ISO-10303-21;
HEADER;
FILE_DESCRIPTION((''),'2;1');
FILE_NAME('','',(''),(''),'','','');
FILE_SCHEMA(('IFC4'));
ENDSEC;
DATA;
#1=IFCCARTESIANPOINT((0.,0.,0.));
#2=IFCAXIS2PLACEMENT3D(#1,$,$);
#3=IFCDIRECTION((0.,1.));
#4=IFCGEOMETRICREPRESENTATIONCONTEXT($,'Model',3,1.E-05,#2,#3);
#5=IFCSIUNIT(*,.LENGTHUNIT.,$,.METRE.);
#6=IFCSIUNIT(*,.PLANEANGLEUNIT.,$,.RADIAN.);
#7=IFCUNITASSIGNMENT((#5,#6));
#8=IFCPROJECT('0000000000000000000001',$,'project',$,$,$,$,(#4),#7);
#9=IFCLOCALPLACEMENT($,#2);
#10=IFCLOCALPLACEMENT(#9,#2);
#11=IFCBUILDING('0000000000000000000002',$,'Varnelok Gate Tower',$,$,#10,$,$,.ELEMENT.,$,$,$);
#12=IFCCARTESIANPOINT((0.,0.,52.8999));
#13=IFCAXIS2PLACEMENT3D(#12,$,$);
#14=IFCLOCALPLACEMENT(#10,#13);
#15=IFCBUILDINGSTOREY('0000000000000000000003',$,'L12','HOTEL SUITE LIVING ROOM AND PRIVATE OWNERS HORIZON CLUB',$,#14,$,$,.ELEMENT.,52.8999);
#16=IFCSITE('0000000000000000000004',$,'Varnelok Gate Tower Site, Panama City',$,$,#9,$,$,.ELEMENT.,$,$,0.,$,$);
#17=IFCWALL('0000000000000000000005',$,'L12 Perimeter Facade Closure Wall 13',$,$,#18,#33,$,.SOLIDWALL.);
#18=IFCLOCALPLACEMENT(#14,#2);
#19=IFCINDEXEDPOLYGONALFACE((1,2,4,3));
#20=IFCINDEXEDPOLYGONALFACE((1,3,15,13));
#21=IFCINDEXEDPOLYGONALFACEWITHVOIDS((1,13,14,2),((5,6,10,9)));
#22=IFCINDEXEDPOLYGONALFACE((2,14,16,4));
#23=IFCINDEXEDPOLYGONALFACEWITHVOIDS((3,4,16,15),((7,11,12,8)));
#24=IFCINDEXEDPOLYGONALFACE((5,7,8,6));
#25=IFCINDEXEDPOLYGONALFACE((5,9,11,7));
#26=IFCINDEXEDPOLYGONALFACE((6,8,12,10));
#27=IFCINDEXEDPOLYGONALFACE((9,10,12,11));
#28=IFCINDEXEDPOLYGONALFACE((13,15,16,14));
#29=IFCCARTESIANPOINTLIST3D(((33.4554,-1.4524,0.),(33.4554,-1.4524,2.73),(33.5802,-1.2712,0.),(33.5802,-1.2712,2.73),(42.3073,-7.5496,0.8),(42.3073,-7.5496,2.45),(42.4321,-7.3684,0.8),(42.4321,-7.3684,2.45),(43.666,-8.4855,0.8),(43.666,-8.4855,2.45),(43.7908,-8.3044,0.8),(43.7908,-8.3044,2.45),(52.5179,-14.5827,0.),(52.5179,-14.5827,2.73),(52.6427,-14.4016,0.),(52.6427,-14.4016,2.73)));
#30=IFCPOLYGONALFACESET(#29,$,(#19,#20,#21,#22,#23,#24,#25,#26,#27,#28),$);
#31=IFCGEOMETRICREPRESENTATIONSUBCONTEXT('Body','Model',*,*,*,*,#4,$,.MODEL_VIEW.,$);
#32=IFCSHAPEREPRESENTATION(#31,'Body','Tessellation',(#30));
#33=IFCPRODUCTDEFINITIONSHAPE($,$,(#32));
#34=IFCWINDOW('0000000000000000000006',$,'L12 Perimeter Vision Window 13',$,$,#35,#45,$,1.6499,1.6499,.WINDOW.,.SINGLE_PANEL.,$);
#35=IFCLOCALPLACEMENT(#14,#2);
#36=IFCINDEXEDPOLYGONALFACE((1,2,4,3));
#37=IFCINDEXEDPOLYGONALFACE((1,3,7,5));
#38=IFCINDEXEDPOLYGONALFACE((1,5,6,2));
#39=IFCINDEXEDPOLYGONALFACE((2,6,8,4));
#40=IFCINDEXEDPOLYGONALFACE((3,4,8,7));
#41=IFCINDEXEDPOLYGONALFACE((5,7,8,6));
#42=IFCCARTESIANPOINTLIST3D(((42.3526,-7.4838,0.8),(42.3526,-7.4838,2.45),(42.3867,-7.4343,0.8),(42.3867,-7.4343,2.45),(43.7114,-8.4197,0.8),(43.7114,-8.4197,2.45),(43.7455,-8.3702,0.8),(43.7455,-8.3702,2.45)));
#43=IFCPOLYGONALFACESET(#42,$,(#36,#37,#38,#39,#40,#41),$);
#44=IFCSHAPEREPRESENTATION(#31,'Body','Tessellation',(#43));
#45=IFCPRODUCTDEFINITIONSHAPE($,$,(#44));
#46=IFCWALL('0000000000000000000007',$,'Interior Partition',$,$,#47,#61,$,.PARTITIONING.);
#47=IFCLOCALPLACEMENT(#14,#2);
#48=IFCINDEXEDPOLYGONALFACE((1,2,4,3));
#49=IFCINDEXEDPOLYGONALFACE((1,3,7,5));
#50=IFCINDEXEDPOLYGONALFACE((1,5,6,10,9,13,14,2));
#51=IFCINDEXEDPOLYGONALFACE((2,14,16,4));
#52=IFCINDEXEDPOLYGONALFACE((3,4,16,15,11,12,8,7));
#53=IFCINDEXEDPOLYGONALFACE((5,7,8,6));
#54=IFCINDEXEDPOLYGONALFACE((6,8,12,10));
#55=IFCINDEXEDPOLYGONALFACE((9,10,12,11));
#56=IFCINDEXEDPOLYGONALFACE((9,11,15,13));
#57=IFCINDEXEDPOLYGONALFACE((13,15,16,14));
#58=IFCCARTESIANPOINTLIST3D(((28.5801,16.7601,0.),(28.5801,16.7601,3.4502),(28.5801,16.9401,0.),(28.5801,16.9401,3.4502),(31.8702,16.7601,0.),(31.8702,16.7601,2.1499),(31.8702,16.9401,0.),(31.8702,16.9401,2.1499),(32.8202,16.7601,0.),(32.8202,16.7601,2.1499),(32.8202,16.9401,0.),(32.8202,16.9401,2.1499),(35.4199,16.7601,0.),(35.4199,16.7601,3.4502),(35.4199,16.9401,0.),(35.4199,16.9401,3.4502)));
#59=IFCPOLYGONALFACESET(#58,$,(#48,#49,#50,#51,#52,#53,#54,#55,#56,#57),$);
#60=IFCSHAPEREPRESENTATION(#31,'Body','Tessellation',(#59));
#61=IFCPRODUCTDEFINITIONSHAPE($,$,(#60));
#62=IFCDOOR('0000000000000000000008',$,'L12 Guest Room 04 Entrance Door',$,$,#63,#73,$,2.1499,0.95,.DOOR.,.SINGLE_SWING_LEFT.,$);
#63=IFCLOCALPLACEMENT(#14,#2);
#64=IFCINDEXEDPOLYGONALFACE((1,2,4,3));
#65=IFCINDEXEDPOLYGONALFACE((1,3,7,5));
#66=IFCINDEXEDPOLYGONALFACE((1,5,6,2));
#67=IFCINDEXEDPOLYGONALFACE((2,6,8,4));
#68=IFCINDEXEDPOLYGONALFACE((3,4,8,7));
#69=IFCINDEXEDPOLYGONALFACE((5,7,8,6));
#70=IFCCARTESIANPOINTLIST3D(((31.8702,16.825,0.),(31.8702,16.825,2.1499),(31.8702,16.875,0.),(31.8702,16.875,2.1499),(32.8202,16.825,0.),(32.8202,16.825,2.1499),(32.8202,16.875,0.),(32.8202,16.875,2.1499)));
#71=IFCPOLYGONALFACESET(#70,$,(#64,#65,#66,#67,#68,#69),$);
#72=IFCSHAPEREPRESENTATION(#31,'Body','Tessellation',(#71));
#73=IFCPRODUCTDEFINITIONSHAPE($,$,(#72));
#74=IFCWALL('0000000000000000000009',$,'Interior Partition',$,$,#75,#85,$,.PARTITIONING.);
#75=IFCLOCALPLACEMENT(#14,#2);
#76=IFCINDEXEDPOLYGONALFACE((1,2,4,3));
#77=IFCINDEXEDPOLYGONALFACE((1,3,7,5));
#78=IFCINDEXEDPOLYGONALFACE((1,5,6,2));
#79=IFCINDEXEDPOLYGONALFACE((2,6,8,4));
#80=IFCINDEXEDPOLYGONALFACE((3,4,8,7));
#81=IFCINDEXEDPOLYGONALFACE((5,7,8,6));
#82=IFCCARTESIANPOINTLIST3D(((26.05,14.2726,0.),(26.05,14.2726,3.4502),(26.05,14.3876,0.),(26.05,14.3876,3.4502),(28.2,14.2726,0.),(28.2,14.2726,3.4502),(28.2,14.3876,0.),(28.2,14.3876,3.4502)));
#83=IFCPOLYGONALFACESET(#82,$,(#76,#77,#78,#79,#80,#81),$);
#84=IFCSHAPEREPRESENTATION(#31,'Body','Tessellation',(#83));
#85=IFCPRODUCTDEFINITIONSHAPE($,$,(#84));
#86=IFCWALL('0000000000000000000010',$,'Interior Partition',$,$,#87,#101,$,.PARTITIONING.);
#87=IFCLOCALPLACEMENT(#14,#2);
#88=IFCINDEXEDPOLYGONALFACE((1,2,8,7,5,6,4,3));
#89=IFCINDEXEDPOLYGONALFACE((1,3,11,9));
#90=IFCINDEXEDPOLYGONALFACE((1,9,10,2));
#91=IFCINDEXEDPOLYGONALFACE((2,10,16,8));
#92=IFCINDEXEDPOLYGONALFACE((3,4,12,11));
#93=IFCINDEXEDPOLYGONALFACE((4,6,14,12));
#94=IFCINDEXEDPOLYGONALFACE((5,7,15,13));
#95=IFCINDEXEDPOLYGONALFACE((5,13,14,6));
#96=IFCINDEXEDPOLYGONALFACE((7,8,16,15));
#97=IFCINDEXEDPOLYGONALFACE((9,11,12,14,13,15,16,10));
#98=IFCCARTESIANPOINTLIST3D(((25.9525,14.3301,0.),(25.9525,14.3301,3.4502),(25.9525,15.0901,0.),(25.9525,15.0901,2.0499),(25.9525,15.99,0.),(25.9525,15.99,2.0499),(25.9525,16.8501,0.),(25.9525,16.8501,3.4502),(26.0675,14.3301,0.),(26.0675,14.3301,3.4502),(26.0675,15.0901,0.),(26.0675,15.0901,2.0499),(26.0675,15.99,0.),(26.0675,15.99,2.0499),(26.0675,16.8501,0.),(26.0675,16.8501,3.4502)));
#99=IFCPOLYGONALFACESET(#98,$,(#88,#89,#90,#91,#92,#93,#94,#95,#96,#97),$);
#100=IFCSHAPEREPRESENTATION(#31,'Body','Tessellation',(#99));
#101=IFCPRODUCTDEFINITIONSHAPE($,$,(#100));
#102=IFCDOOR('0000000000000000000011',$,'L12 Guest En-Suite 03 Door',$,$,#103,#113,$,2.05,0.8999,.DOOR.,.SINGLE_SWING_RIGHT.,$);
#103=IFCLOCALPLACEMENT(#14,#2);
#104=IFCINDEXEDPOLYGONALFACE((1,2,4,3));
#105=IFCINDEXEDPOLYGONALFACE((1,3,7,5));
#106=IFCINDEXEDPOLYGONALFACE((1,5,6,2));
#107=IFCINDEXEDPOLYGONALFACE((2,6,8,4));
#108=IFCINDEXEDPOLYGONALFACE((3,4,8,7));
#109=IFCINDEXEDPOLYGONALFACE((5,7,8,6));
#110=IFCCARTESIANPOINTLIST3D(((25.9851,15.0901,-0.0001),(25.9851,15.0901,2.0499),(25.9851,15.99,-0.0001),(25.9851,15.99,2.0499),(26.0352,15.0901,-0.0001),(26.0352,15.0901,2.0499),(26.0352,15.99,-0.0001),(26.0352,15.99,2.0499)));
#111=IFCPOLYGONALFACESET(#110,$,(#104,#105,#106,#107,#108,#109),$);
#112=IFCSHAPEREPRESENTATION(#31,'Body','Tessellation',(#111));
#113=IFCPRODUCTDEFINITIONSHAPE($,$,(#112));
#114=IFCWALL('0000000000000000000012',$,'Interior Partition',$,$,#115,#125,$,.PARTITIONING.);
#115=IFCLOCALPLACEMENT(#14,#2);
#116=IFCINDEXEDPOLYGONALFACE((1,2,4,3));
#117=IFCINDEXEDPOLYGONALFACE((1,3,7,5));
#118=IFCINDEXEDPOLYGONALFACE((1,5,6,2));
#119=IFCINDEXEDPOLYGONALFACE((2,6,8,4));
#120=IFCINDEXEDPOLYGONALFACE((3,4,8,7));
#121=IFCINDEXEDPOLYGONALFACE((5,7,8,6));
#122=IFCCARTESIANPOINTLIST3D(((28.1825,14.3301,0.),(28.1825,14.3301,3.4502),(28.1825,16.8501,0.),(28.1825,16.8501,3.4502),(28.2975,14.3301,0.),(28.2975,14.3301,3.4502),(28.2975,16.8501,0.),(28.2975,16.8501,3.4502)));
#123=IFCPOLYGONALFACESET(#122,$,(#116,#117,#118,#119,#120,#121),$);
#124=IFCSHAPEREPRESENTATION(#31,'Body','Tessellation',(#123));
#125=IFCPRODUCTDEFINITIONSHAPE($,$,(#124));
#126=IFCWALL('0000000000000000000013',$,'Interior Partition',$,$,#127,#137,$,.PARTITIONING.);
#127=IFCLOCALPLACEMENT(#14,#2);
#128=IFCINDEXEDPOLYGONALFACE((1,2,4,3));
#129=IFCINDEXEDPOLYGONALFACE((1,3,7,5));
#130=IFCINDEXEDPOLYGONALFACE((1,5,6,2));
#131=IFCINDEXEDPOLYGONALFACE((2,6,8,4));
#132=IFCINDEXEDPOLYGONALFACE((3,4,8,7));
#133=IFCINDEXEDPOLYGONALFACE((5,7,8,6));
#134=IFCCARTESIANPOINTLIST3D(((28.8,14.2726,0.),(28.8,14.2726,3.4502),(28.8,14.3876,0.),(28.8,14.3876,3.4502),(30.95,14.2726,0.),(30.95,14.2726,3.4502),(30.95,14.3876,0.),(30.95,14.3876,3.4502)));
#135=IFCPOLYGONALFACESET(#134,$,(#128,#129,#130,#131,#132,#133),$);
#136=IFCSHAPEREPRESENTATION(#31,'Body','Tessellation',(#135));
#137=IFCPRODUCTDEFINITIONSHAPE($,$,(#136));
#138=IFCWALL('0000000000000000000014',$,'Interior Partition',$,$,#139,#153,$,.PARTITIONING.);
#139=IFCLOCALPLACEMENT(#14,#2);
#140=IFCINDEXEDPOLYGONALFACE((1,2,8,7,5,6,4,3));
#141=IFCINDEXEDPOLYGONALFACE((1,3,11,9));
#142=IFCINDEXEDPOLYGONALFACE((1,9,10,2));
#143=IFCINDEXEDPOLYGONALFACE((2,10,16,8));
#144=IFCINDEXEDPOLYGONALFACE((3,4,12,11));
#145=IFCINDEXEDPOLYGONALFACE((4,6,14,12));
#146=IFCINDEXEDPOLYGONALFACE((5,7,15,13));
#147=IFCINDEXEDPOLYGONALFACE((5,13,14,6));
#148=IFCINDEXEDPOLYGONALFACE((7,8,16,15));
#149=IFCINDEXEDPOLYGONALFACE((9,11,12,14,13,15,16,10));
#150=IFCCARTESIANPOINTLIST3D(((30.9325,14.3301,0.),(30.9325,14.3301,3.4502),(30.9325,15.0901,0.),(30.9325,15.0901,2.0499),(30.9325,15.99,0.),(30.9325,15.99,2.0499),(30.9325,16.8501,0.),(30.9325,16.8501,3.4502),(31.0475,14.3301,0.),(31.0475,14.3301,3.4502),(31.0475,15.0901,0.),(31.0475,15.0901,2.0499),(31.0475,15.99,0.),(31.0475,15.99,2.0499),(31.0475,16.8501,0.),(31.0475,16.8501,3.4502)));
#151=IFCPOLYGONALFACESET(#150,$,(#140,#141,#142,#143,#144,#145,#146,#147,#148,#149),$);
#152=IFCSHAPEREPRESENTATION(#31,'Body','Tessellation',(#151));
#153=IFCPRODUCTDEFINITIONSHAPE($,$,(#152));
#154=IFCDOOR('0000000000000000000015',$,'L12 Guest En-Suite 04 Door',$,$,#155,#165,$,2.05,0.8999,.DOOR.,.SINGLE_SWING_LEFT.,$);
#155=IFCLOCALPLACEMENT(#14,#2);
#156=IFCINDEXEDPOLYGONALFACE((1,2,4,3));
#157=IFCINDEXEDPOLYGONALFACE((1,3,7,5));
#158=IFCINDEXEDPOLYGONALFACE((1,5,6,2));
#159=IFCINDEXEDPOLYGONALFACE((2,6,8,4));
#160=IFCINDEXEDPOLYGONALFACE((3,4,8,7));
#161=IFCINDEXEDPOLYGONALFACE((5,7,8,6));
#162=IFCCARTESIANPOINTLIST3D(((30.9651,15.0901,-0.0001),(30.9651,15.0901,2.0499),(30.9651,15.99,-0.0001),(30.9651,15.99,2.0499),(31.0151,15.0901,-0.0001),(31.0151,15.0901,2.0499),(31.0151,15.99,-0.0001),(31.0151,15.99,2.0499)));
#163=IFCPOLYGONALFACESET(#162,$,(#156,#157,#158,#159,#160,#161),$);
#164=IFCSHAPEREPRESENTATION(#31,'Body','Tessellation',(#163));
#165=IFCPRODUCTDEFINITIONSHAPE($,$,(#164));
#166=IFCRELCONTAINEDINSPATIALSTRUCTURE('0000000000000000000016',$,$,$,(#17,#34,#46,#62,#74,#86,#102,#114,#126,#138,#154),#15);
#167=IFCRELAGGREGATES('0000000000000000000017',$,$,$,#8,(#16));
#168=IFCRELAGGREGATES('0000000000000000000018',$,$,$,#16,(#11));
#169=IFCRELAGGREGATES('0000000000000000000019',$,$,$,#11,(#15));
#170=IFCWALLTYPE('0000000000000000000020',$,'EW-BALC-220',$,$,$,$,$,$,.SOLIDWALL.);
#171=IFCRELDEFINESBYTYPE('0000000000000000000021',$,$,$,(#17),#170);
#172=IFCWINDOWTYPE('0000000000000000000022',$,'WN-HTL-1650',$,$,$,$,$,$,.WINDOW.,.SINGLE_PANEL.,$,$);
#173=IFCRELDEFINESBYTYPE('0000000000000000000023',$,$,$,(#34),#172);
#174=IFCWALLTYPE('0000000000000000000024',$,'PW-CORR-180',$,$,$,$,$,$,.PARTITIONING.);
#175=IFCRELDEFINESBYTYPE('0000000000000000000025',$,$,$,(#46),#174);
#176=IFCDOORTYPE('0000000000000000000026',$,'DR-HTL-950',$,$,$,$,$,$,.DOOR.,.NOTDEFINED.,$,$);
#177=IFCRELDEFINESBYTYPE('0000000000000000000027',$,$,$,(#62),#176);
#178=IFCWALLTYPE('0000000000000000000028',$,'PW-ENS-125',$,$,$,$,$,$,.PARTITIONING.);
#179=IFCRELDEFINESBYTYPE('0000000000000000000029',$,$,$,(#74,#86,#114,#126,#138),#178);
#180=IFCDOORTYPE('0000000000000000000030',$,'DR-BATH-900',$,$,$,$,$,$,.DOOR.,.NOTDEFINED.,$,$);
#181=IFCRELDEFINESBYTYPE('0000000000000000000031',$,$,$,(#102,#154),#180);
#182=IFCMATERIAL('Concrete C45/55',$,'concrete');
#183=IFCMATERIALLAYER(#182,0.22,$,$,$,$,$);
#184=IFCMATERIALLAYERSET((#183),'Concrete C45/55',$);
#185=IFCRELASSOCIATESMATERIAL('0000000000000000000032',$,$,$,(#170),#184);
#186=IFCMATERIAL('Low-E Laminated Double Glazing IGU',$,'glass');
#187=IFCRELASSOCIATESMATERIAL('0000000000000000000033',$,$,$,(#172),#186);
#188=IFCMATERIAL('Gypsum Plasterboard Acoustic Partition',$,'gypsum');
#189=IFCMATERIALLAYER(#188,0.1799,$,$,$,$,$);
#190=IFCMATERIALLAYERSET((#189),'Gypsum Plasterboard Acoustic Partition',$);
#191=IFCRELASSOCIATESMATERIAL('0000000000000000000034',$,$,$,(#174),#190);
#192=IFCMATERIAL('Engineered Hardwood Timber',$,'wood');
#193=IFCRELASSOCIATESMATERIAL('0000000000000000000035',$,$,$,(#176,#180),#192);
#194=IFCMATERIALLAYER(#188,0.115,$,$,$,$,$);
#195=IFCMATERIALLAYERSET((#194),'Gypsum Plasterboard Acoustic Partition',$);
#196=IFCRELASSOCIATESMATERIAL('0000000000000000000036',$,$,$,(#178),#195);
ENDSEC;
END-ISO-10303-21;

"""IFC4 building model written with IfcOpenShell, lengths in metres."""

from ifc_helpers import new_model, si_unit, direction, frame, frame_2d, origin, place, context, subcontext, project, spatial, rectangle, extrude, material, layer, layer_set, type_object, element, fill, save


model = new_model("IFC4")

# Units and contexts
model_context = context("Model", 3, precision=1e-05, world=origin(), true_north=direction((0.0, 1.0)))
body_context = subcontext(model_context, "Body", "Model", "MODEL_VIEW")
ifc_project = project(units=[si_unit("LENGTHUNIT", "METRE"), si_unit("PLANEANGLEUNIT", "RADIAN")], contexts=[model_context])

# Site, building, storey
site_placement = place(None, origin())
site = spatial("IfcSite", under=ifc_project, at=site_placement, Name="Varnelok Gate Tower Site, Panama City", CompositionType="ELEMENT", RefElevation=0.0)
building_placement = place(site_placement, origin())
building = spatial("IfcBuilding", under=site, at=building_placement, Name="Varnelok Gate Tower", CompositionType="ELEMENT")
storey_placement = place(building_placement, frame((0.0, 0.0, 52.8999)))
storey = spatial("IfcBuildingStorey", under=building, at=storey_placement, Name="L12", Description="HOTEL SUITE LIVING ROOM AND PRIVATE OWNERS HORIZON CLUB", CompositionType="ELEMENT", Elevation=52.8999)

# Shared definitions
ifc_material_1 = material(Name="Concrete C45/55", Category="concrete")
ifc_layer_1 = layer(ifc_material_1, 0.22)
ifc_layer_set_1 = layer_set([ifc_layer_1], Name="Concrete C45/55")
wall_type_1 = type_object("IfcWallType", Name="EW-BALC-220", PredefinedType="SOLIDWALL", material=ifc_layer_set_1)
ifc_material_2 = material(Name="Low-E Laminated Double Glazing IGU", Category="glass")
window_type = type_object("IfcWindowType", Name="WN-HTL-1650", PartitioningType="SINGLE_PANEL", PredefinedType="WINDOW", material=ifc_material_2)

# Wall, opening, window
wall_1_placement = place(storey_placement, frame((33.5178, -1.3618, 0.0), z_axis=(0.0, 0.0, 1.0), x_axis=(0.823539, -0.567259, 0.0)))
wall_1 = element("IfcWall", 1, at=wall_1_placement, inside=storey, type_object=wall_type_1, Name="L12 Perimeter Facade Closure Wall 13", PredefinedType="SOLIDWALL", context=body_context, shape_type="SweptSolid", body=[
    extrude(rectangle(XDim=23.147, YDim=0.22, at=frame_2d((11.5735, 0.0))), origin(), (0.0, 0.0, 1.0), 2.73),
])
opening_1_placement = place(wall_1_placement, frame((10.7485, 0.0, 0.8)))
opening_1 = element("IfcOpeningElement", 2, at=opening_1_placement, cuts=wall_1, PredefinedType="OPENING", context=body_context, shape_type="SweptSolid", body=[
    extrude(rectangle(XDim=1.6499, YDim=1.6499, at=frame_2d((0.825, 0.825))), frame((0.0, 0.1199, 0.0), z_axis=(0.0, -1.0, 0.0), x_axis=(1.0, 0.0, 0.0)), (0.0, 0.0, 1.0), 0.24),
])
window_1_placement = place(opening_1_placement, origin())
window_1 = element("IfcWindow", 3, at=window_1_placement, inside=storey, type_object=window_type, Name="L12 Perimeter Vision Window 13", OverallHeight=1.6499, OverallWidth=1.6499, PartitioningType="SINGLE_PANEL", PredefinedType="WINDOW", context=body_context, shape_type="SweptSolid", body=[
    extrude(rectangle(XDim=1.6499, YDim=1.6499, at=frame_2d((0.825, 0.825))), frame((0.0, 0.03, 0.0), z_axis=(0.0, -1.0, 0.0), x_axis=(1.0, 0.0, 0.0)), (0.0, 0.0, 1.0), 0.0601),
])
fill(opening_1, window_1)

# Wall, opening, door
ifc_material_3 = material(Name="Gypsum Plasterboard Acoustic Partition", Category="gypsum")
ifc_layer_2 = layer(ifc_material_3, 0.1799)
ifc_layer_set_2 = layer_set([ifc_layer_2], Name="Gypsum Plasterboard Acoustic Partition")
wall_type_2 = type_object("IfcWallType", Name="PW-CORR-180", PredefinedType="PARTITIONING", material=ifc_layer_set_2)
wall_2_placement = place(storey_placement, frame((28.5801, 16.8501, 0.0), z_axis=(0.0, 0.0, 1.0), x_axis=(1.0, 0.0, 0.0)))
wall_2 = element("IfcWall", 4, at=wall_2_placement, inside=storey, type_object=wall_type_2, Name="Interior Partition", PredefinedType="PARTITIONING", context=body_context, shape_type="SweptSolid", body=[
    extrude(rectangle(XDim=6.8398, YDim=0.1799, at=frame_2d((3.4199, 0.0))), origin(), (0.0, 0.0, 1.0), 3.4502),
])
opening_2_placement = place(wall_2_placement, frame((3.29, 0.0, 0.0)))
opening_2 = element("IfcOpeningElement", 5, at=opening_2_placement, cuts=wall_2, PredefinedType="OPENING", context=body_context, shape_type="SweptSolid", body=[
    extrude(rectangle(XDim=0.95, YDim=2.1499, at=frame_2d((0.4751, 1.075))), frame((0.0, 0.0999, 0.0), z_axis=(0.0, -1.0, 0.0), x_axis=(1.0, 0.0, 0.0)), (0.0, 0.0, 1.0), 0.2),
])
ifc_material_4 = material(Name="Engineered Hardwood Timber", Category="wood")
door_type_1 = type_object("IfcDoorType", Name="DR-HTL-950", OperationType="NOTDEFINED", PredefinedType="DOOR", material=ifc_material_4)
door_1_placement = place(opening_2_placement, origin())
door_1 = element("IfcDoor", 6, at=door_1_placement, inside=storey, type_object=door_type_1, Name="L12 Guest Room 04 Entrance Door", OperationType="SINGLE_SWING_LEFT", OverallHeight=2.1499, OverallWidth=0.95, PredefinedType="DOOR", context=body_context, shape_type="SweptSolid", body=[
    extrude(rectangle(XDim=0.95, YDim=2.1499, at=frame_2d((0.4751, 1.075))), frame((0.0, 0.0249, 0.0), z_axis=(0.0, -1.0, 0.0), x_axis=(1.0, 0.0, 0.0)), (0.0, 0.0, 1.0), 0.05),
])
fill(opening_2, door_1)

# Wall
ifc_layer_3 = layer(ifc_material_3, 0.115)
ifc_layer_set_3 = layer_set([ifc_layer_3], Name="Gypsum Plasterboard Acoustic Partition")
wall_type_3 = type_object("IfcWallType", Name="PW-ENS-125", PredefinedType="PARTITIONING", material=ifc_layer_set_3)
wall_3_placement = place(storey_placement, frame((26.05, 14.3301, 0.0), z_axis=(0.0, 0.0, 1.0), x_axis=(1.0, 0.0, 0.0)))
element("IfcWall", 7, at=wall_3_placement, inside=storey, type_object=wall_type_3, Name="Interior Partition", PredefinedType="PARTITIONING", context=body_context, shape_type="SweptSolid", body=[
    extrude(rectangle(XDim=2.1499, YDim=0.115, at=frame_2d((1.075, 0.0))), origin(), (0.0, 0.0, 1.0), 3.4502),
])

# Wall, opening, door
wall_4_placement = place(storey_placement, frame((26.01, 14.3301, 0.0), z_axis=(0.0, 0.0, 1.0), x_axis=(0.0, 1.0, 0.0)))
wall_4 = element("IfcWall", 8, at=wall_4_placement, inside=storey, type_object=wall_type_3, Name="Interior Partition", PredefinedType="PARTITIONING", context=body_context, shape_type="SweptSolid", body=[
    extrude(rectangle(XDim=2.52, YDim=0.115, at=frame_2d((1.26, 0.0))), origin(), (0.0, 0.0, 1.0), 3.4502),
])
opening_3_placement = place(wall_4_placement, frame((0.76, 0.0, 0.0)))
opening_3 = element("IfcOpeningElement", 9, at=opening_3_placement, cuts=wall_4, PredefinedType="OPENING", context=body_context, shape_type="SweptSolid", body=[
    extrude(rectangle(XDim=0.8999, YDim=2.05, at=frame_2d((0.45, 1.0249))), frame((0.0, 0.0674, 0.0), z_axis=(0.0, -1.0, 0.0), x_axis=(1.0, 0.0, 0.0)), (0.0, 0.0, 1.0), 0.135),
])
door_type_2 = type_object("IfcDoorType", Name="DR-BATH-900", OperationType="NOTDEFINED", PredefinedType="DOOR", material=ifc_material_4)
door_2_placement = place(opening_3_placement, origin())
door_2 = element("IfcDoor", 10, at=door_2_placement, inside=storey, type_object=door_type_2, Name="L12 Guest En-Suite 03 Door", OperationType="SINGLE_SWING_RIGHT", OverallHeight=2.05, OverallWidth=0.8999, PredefinedType="DOOR", context=body_context, shape_type="SweptSolid", body=[
    extrude(rectangle(XDim=0.8999, YDim=2.05, at=frame_2d((0.45, 1.0249))), frame((0.0, 0.0249, 0.0), z_axis=(0.0, -1.0, 0.0), x_axis=(1.0, 0.0, 0.0)), (0.0, 0.0, 1.0), 0.05),
])
fill(opening_3, door_2)

# Walls
wall_5_placement = place(storey_placement, frame((28.24, 14.3301, 0.0), z_axis=(0.0, 0.0, 1.0), x_axis=(0.0, 1.0, 0.0)))
element("IfcWall", 11, at=wall_5_placement, inside=storey, type_object=wall_type_3, Name="Interior Partition", PredefinedType="PARTITIONING", context=body_context, shape_type="SweptSolid", body=[
    extrude(rectangle(XDim=2.52, YDim=0.115, at=frame_2d((1.26, 0.0))), origin(), (0.0, 0.0, 1.0), 3.4502),
])
wall_6_placement = place(storey_placement, frame((28.8, 14.3301, 0.0), z_axis=(0.0, 0.0, 1.0), x_axis=(1.0, 0.0, 0.0)))
element("IfcWall", 12, at=wall_6_placement, inside=storey, type_object=wall_type_3, Name="Interior Partition", PredefinedType="PARTITIONING", context=body_context, shape_type="SweptSolid", body=[
    extrude(rectangle(XDim=2.1499, YDim=0.115, at=frame_2d((1.075, 0.0))), origin(), (0.0, 0.0, 1.0), 3.4502),
])

# Wall, opening, door
wall_7_placement = place(storey_placement, frame((30.99, 14.3301, 0.0), z_axis=(0.0, 0.0, 1.0), x_axis=(0.0, 1.0, 0.0)))
wall_7 = element("IfcWall", 13, at=wall_7_placement, inside=storey, type_object=wall_type_3, Name="Interior Partition", PredefinedType="PARTITIONING", context=body_context, shape_type="SweptSolid", body=[
    extrude(rectangle(XDim=2.52, YDim=0.115, at=frame_2d((1.26, 0.0))), origin(), (0.0, 0.0, 1.0), 3.4502),
])
opening_4_placement = place(wall_7_placement, frame((0.76, 0.0, 0.0)))
opening_4 = element("IfcOpeningElement", 14, at=opening_4_placement, cuts=wall_7, PredefinedType="OPENING", context=body_context, shape_type="SweptSolid", body=[
    extrude(rectangle(XDim=0.8999, YDim=2.05, at=frame_2d((0.45, 1.0249))), frame((0.0, 0.0674, 0.0), z_axis=(0.0, -1.0, 0.0), x_axis=(1.0, 0.0, 0.0)), (0.0, 0.0, 1.0), 0.135),
])
door_3_placement = place(opening_4_placement, origin())
door_3 = element("IfcDoor", 15, at=door_3_placement, inside=storey, type_object=door_type_2, Name="L12 Guest En-Suite 04 Door", OperationType="SINGLE_SWING_LEFT", OverallHeight=2.05, OverallWidth=0.8999, PredefinedType="DOOR", context=body_context, shape_type="SweptSolid", body=[
    extrude(rectangle(XDim=0.8999, YDim=2.05, at=frame_2d((0.45, 1.0249))), frame((0.0, 0.0249, 0.0), z_axis=(0.0, -1.0, 0.0), x_axis=(1.0, 0.0, 0.0)), (0.0, 0.0, 1.0), 0.05),
])
fill(opening_4, door_3)

save(model, "model.ifc")
